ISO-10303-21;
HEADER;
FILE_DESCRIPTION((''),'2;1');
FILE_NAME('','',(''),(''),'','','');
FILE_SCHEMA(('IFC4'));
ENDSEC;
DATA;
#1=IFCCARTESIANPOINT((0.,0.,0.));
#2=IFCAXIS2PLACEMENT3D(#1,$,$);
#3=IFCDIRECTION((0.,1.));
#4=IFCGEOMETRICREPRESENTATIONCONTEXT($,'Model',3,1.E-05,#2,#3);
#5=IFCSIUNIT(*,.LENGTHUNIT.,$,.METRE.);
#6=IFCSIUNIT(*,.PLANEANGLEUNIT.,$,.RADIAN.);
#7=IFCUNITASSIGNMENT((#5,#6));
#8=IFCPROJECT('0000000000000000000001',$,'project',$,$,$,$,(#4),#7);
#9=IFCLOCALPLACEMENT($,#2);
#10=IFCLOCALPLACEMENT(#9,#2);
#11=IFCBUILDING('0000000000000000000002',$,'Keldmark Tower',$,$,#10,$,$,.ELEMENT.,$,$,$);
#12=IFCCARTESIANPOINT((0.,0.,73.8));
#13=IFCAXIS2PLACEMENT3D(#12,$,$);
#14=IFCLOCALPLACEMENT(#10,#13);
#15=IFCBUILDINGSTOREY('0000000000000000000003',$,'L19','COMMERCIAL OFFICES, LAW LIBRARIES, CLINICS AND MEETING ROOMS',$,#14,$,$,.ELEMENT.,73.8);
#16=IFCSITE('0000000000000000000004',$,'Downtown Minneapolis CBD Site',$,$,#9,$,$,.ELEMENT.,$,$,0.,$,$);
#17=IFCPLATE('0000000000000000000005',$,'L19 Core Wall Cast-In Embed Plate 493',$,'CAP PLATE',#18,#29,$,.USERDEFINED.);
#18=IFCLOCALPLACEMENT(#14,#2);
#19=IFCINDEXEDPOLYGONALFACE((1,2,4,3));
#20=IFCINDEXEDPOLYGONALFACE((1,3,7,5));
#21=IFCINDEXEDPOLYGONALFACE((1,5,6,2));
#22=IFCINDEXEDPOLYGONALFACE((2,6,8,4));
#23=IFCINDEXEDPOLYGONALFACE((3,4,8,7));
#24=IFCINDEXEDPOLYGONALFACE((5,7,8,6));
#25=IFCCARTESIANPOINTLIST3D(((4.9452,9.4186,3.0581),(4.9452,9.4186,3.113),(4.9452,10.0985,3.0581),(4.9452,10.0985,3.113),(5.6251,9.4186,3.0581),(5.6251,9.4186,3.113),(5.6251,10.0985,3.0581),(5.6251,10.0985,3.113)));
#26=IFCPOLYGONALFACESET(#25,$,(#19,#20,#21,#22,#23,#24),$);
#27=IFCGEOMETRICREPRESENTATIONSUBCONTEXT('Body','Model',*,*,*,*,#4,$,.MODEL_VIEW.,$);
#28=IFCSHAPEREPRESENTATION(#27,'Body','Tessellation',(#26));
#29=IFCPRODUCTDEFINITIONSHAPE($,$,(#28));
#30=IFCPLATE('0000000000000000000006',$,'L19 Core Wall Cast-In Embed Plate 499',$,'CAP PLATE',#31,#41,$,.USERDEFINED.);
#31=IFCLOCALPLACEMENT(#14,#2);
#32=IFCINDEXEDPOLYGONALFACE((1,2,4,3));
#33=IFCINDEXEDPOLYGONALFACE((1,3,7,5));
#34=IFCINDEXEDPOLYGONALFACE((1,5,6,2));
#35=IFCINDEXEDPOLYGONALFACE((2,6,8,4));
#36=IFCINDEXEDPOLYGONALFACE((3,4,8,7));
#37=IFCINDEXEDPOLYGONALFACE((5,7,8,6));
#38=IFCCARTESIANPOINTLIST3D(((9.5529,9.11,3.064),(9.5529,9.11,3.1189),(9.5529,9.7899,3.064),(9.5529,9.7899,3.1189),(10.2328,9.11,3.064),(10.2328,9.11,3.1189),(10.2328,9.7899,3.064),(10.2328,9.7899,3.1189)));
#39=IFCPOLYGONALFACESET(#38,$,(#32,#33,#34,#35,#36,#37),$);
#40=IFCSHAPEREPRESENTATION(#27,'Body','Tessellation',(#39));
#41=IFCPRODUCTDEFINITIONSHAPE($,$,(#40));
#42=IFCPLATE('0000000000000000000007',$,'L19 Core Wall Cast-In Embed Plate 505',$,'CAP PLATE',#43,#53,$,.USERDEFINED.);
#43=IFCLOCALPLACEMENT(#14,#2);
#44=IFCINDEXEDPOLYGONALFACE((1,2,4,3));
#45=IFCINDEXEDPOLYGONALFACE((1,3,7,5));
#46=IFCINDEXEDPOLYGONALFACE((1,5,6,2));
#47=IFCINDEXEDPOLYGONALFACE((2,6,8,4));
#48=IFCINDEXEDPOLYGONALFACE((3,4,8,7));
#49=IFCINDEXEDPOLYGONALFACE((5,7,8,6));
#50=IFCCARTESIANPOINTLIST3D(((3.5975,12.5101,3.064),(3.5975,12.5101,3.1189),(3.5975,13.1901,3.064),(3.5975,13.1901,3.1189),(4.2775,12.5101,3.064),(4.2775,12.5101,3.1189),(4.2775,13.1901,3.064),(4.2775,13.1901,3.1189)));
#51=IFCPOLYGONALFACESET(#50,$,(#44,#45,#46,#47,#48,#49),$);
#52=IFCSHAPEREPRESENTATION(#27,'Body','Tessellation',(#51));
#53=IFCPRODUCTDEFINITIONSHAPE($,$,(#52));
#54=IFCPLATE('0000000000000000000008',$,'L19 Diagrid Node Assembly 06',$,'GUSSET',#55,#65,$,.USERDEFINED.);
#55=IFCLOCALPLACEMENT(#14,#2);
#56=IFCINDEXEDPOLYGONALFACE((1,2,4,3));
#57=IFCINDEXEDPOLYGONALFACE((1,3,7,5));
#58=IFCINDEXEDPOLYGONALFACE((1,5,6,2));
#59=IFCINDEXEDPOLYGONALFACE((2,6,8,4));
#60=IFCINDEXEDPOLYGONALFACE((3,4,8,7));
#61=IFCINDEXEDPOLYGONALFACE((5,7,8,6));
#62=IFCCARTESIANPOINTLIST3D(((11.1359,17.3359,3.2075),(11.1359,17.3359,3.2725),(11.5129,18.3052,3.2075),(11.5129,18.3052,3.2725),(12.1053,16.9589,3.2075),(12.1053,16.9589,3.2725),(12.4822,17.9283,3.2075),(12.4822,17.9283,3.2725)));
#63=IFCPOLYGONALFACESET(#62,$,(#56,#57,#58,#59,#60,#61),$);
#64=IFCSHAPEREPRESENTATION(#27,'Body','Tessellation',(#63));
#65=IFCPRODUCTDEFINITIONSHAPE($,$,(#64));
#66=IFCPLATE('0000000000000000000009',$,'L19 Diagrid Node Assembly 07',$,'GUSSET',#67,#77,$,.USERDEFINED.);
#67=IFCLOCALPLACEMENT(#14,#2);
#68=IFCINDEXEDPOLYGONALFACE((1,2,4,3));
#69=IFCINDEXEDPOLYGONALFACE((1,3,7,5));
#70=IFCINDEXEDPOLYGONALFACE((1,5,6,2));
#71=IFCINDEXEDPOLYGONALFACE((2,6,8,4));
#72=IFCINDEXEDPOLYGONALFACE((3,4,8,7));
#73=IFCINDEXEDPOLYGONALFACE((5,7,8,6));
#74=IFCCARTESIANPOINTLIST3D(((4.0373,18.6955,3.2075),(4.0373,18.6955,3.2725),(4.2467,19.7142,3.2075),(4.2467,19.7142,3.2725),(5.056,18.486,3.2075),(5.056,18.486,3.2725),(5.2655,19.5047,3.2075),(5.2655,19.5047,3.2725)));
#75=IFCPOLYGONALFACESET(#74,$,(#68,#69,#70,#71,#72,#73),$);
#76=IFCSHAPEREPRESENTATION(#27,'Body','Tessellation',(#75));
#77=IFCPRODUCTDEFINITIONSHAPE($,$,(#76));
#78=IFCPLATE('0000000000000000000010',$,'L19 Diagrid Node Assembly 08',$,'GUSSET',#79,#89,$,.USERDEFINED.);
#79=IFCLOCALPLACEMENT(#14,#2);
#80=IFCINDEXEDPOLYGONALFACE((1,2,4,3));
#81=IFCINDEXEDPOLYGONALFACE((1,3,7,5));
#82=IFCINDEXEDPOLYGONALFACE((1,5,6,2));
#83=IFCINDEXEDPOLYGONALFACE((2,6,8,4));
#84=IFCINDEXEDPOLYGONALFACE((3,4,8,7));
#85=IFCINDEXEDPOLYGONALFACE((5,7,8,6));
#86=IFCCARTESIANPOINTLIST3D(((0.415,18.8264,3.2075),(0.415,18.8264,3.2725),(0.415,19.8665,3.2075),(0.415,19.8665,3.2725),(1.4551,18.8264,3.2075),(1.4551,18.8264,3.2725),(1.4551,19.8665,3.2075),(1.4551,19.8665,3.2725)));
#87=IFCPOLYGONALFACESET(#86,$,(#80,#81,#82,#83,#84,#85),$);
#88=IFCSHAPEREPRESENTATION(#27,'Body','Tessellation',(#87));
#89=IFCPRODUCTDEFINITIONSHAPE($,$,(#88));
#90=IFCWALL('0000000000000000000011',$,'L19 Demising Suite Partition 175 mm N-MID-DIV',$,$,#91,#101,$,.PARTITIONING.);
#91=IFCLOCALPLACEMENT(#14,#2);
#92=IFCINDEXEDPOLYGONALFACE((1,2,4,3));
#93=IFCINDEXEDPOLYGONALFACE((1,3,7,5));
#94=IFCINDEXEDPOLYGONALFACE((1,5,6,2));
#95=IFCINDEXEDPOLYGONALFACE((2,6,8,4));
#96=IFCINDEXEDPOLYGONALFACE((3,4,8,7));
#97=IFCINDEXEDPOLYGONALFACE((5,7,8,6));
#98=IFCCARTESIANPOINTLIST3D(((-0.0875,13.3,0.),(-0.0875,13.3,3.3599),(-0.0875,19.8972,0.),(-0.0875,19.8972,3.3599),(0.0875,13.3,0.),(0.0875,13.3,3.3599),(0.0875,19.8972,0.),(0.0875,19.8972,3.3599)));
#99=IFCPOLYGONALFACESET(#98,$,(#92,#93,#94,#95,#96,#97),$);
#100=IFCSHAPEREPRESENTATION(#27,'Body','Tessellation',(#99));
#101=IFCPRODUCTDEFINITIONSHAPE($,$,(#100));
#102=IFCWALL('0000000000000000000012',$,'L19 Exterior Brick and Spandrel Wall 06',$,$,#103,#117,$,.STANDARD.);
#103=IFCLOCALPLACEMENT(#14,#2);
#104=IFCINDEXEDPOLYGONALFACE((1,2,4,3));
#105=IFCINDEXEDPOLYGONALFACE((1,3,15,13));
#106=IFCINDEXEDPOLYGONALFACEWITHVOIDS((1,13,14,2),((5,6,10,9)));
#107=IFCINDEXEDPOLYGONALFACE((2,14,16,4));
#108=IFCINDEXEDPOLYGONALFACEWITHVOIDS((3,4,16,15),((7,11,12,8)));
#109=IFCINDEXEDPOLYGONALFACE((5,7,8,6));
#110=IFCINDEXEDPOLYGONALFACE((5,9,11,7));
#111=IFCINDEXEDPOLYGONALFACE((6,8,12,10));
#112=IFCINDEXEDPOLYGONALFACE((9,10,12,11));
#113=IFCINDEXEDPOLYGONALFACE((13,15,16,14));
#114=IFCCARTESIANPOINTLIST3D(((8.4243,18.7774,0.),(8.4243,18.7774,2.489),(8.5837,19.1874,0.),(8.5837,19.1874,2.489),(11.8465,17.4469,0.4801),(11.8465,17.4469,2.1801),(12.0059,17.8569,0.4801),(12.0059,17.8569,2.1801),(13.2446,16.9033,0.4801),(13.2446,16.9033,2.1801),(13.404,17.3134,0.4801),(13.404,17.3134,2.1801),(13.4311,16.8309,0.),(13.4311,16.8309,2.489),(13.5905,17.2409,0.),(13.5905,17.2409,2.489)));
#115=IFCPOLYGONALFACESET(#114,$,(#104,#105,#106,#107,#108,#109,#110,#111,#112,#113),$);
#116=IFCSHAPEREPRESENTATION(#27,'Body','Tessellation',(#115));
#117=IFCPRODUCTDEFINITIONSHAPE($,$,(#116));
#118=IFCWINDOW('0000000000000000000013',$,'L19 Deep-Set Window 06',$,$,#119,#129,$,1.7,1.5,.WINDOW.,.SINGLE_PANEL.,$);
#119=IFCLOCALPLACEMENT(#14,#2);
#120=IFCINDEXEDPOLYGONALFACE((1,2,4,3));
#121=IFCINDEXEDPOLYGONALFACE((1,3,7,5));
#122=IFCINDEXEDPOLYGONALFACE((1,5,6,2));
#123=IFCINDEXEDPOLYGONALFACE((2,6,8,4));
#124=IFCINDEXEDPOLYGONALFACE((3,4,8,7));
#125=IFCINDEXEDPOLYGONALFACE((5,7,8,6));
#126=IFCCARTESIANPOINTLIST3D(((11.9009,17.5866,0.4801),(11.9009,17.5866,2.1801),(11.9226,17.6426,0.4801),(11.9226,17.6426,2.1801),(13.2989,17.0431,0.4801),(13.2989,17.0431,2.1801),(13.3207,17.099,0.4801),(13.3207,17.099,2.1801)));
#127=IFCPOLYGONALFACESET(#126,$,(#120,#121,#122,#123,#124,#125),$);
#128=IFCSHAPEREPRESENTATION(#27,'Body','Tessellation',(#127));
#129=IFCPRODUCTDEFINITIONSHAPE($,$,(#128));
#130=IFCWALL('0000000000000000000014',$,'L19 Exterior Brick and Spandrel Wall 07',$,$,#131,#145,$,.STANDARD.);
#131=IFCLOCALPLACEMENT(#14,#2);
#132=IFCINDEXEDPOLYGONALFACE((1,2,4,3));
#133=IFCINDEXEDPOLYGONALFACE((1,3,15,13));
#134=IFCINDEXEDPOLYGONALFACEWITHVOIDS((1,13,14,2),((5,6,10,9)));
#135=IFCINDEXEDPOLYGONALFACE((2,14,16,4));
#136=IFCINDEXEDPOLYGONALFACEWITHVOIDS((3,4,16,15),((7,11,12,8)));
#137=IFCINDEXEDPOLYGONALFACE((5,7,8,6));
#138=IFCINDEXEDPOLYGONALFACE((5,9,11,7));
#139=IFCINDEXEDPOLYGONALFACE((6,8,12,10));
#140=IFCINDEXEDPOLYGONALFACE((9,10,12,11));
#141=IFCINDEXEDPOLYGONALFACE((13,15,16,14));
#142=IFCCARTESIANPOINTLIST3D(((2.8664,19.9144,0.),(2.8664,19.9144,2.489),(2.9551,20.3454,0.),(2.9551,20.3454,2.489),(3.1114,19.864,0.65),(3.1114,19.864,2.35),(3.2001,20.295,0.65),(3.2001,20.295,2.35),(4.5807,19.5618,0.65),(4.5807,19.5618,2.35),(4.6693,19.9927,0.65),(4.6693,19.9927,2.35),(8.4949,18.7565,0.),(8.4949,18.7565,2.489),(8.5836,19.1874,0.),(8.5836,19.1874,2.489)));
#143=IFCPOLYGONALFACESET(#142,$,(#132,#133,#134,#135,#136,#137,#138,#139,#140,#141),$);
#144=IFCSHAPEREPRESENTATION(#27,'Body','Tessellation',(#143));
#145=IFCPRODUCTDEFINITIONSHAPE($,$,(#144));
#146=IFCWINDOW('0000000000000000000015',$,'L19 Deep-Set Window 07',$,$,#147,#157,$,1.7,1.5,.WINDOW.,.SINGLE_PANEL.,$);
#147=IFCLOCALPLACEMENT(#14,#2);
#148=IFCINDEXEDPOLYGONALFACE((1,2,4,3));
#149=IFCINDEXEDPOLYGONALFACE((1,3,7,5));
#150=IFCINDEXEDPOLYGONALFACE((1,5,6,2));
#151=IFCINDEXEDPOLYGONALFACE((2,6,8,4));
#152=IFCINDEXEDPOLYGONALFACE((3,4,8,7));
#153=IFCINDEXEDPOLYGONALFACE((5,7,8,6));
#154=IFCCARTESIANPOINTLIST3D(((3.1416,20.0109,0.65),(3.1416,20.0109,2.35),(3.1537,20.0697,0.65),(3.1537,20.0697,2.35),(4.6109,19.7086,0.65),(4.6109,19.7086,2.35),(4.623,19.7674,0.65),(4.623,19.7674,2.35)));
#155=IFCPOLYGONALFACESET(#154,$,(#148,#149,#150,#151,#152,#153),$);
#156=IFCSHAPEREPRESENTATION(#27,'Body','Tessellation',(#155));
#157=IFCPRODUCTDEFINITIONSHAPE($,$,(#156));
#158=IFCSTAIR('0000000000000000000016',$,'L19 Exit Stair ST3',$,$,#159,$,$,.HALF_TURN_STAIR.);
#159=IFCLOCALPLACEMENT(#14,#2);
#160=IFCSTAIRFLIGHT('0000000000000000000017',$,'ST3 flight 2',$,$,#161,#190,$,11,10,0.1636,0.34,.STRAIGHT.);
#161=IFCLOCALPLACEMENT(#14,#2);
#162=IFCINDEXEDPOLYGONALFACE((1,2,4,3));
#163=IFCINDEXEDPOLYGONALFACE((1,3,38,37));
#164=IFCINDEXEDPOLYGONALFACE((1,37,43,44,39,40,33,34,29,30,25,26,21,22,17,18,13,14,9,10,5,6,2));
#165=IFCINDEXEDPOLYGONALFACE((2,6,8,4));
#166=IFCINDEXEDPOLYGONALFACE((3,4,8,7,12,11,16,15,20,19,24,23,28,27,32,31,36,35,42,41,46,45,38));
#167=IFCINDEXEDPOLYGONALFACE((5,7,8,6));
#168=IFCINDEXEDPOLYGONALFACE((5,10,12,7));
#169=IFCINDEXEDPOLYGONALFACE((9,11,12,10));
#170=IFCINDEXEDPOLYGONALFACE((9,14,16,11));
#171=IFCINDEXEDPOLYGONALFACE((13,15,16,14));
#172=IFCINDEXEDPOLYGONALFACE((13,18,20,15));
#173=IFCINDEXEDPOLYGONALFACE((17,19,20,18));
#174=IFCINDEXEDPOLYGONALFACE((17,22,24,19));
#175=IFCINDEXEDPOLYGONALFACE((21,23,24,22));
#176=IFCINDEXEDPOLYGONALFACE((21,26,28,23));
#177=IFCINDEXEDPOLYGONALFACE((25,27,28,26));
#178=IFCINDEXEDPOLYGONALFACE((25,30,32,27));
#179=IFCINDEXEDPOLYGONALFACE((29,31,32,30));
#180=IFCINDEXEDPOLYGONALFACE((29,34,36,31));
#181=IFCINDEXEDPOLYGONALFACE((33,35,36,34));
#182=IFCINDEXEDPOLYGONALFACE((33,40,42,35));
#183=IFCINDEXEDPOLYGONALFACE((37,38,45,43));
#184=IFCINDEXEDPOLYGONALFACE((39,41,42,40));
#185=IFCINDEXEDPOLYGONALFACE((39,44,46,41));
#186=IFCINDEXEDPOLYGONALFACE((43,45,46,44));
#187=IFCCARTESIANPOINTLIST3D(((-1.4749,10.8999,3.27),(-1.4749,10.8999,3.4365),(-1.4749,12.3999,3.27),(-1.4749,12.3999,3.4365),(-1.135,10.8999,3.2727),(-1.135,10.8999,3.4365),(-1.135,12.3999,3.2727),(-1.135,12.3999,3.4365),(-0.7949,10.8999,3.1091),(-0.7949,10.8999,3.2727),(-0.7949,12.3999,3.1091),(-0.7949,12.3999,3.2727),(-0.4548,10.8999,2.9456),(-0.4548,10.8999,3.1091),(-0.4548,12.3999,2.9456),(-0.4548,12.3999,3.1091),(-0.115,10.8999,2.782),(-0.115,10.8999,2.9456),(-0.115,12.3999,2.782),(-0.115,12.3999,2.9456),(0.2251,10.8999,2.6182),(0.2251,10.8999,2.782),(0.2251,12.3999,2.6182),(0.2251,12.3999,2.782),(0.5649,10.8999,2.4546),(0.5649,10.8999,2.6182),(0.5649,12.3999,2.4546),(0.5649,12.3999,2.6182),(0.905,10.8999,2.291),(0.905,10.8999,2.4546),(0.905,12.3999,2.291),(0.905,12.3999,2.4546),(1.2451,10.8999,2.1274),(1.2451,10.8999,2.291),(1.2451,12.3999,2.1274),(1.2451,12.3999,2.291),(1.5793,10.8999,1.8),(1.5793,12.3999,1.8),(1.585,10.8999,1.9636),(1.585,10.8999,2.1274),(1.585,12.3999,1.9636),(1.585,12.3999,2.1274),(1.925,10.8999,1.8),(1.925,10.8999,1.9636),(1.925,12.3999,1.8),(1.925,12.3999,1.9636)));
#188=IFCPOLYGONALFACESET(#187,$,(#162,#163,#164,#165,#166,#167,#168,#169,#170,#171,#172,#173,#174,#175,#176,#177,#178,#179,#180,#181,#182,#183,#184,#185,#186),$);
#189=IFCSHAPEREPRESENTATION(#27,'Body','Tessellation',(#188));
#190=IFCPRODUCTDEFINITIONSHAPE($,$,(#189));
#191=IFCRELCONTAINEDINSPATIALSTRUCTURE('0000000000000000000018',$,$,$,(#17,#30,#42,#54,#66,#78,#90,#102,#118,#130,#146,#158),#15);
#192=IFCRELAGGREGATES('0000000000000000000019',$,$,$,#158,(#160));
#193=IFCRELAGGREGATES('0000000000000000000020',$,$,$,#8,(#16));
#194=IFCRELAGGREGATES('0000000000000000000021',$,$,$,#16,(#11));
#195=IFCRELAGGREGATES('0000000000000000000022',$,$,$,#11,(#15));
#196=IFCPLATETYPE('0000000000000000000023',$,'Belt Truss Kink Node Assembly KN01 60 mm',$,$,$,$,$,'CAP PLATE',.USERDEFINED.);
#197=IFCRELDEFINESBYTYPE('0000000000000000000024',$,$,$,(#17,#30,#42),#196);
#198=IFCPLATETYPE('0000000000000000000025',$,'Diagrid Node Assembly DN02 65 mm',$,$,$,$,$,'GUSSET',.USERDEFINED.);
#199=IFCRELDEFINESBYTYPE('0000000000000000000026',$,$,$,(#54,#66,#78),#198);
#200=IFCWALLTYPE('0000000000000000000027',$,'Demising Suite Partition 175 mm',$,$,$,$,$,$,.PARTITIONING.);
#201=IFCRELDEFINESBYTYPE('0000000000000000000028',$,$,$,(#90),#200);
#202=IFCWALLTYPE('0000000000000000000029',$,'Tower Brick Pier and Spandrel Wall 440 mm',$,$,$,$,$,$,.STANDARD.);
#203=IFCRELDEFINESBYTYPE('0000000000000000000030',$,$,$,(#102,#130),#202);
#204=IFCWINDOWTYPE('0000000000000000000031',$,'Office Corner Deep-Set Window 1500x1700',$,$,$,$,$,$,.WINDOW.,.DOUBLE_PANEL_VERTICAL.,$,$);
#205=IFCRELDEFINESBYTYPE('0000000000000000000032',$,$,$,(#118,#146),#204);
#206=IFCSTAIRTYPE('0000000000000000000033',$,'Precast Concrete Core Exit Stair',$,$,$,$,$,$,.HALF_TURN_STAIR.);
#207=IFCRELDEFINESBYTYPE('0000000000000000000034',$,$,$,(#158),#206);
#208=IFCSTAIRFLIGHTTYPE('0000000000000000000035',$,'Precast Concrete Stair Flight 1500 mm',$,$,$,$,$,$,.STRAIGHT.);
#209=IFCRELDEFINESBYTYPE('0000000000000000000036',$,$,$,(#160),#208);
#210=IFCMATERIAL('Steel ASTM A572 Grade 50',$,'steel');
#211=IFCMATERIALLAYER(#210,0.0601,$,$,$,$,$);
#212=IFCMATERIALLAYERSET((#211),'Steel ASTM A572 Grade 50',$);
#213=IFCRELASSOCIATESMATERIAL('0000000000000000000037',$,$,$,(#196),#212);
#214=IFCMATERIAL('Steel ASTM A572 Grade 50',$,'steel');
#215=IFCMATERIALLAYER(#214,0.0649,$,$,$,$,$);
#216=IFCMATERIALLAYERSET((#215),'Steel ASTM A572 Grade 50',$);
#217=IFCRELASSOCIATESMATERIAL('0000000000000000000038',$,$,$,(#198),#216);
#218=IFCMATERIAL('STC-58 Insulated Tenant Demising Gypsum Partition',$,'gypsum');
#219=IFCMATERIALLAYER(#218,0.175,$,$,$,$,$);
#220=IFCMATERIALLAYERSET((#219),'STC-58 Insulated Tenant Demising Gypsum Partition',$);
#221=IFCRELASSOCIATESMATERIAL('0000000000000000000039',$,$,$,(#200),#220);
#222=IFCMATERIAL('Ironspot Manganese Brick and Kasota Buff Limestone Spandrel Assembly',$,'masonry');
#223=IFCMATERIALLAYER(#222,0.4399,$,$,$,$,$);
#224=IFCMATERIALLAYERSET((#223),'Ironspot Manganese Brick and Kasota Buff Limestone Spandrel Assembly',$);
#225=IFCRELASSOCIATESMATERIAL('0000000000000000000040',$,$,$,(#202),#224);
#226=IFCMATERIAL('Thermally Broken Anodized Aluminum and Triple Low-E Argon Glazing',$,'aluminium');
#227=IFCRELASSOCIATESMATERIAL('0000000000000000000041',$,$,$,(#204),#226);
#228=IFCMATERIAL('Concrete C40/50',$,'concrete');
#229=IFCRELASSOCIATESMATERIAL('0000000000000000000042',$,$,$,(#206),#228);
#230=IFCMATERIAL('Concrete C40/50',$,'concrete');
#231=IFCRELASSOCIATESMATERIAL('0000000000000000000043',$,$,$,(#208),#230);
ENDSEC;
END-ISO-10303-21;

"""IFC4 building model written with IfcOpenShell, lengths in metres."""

from ifc_helpers import new_model, si_unit, direction, frame, frame_2d, origin, origin_2d, place, context, subcontext, project, spatial, polyline, rectangle, outline, extrude, material, layer, layer_set, type_object, element, fill, aggregate, save


model = new_model("IFC4")

# Units and contexts
model_context = context("Model", 3, precision=1e-05, world=origin(), true_north=direction((0.0, 1.0)))
body_context = subcontext(model_context, "Body", "Model", "MODEL_VIEW")
ifc_project = project(units=[si_unit("LENGTHUNIT", "METRE"), si_unit("PLANEANGLEUNIT", "RADIAN")], contexts=[model_context])

# Site, building, storey
site_placement = place(None, origin())
site = spatial("IfcSite", under=ifc_project, at=site_placement, Name="Downtown Minneapolis CBD Site", CompositionType="ELEMENT", RefElevation=0.0)
building_placement = place(site_placement, origin())
building = spatial("IfcBuilding", under=site, at=building_placement, Name="Keldmark Tower", CompositionType="ELEMENT")
storey_placement = place(building_placement, frame((0.0, 0.0, 73.8)))
storey = spatial("IfcBuildingStorey", under=building, at=storey_placement, Name="L19", Description="COMMERCIAL OFFICES, LAW LIBRARIES, CLINICS AND MEETING ROOMS", CompositionType="ELEMENT", Elevation=73.8)

# Plates
ifc_material_1 = material(Name="Steel ASTM A572 Grade 50", Category="steel")
ifc_layer_1 = layer(ifc_material_1, 0.0601)
ifc_layer_set_1 = layer_set([ifc_layer_1], Name="Steel ASTM A572 Grade 50")
plate_type_1 = type_object("IfcPlateType", Name="Belt Truss Kink Node Assembly KN01 60 mm", ElementType="CAP PLATE", PredefinedType="USERDEFINED", material=ifc_layer_set_1)
for number, where, z_axis, x_axis, name in (
    (1, (5.2852, 9.7585, 3.0581), (0.0, 0.0, 1.0), (1.0, 0.0, 0.0), "L19 Core Wall Cast-In Embed Plate 493"),
    (2, (9.8928, 9.45, 3.064), (0.0, 0.0, 1.0), (1.0, 0.0, 0.0), "L19 Core Wall Cast-In Embed Plate 499"),
    (3, (3.9375, 12.8501, 3.064), (0.0, 0.0, 1.0), (1.0, 0.0, 0.0), "L19 Core Wall Cast-In Embed Plate 505"),
):
    element("IfcPlate", number, at=place(storey_placement, frame(where, z_axis=z_axis, x_axis=x_axis)), inside=storey, type_object=plate_type_1, Name=name, ObjectType="CAP PLATE", PredefinedType="USERDEFINED", context=body_context, shape_type="SweptSolid", body=[
        extrude(rectangle(XDim=0.6799, YDim=0.6799, at=origin_2d()), origin(), (0.0, 0.0, 1.0), 0.0549),
    ])
ifc_material_2 = material(Name="Steel ASTM A572 Grade 50", Category="steel")
ifc_layer_2 = layer(ifc_material_2, 0.0649)
ifc_layer_set_2 = layer_set([ifc_layer_2], Name="Steel ASTM A572 Grade 50")
plate_type_2 = type_object("IfcPlateType", Name="Diagrid Node Assembly DN02 65 mm", ElementType="GUSSET", PredefinedType="USERDEFINED", material=ifc_layer_set_2)
for number, where, z_axis, x_axis, name in (
    (4, (11.8091, 17.6321, 3.2075), (0.0, 0.0, 1.0), (-0.932008, 0.362438, 0.0), "L19 Diagrid Node Assembly 06"),
    (5, (4.6514, 19.1001, 3.2075), (0.0, 0.0, 1.0), (-0.979505, 0.20142, 0.0), "L19 Diagrid Node Assembly 07"),
    (6, (0.9351, 19.3464, 3.2075), (0.0, 0.0, 1.0), (-1.0, 0.0, 0.0), "L19 Diagrid Node Assembly 08"),
):
    element("IfcPlate", number, at=place(storey_placement, frame(where, z_axis=z_axis, x_axis=x_axis)), inside=storey, type_object=plate_type_2, Name=name, ObjectType="GUSSET", PredefinedType="USERDEFINED", context=body_context, shape_type="SweptSolid", body=[
        extrude(rectangle(XDim=1.04, YDim=1.04, at=origin_2d()), origin(), (0.0, 0.0, 1.0), 0.0649),
    ])

# Wall
ifc_material_3 = material(Name="STC-58 Insulated Tenant Demising Gypsum Partition", Category="gypsum")
ifc_layer_3 = layer(ifc_material_3, 0.175)
ifc_layer_set_3 = layer_set([ifc_layer_3], Name="STC-58 Insulated Tenant Demising Gypsum Partition")
wall_type_1 = type_object("IfcWallType", Name="Demising Suite Partition 175 mm", PredefinedType="PARTITIONING", material=ifc_layer_set_3)
wall_1_placement = place(storey_placement, frame((0.0, 13.3, 0.0), z_axis=(0.0, 0.0, 1.0), x_axis=(0.0, 1.0, 0.0)))
element("IfcWall", 7, at=wall_1_placement, inside=storey, type_object=wall_type_1, Name="L19 Demising Suite Partition 175 mm N-MID-DIV", PredefinedType="PARTITIONING", context=body_context, shape_type="SweptSolid", body=[
    extrude(rectangle(XDim=6.5972, YDim=0.175, at=frame_2d((3.2986, 0.0))), origin(), (0.0, 0.0, 1.0), 3.3599),
])

# Walls, openings, windows
ifc_material_4 = material(Name="Ironspot Manganese Brick and Kasota Buff Limestone Spandrel Assembly", Category="masonry")
ifc_layer_4 = layer(ifc_material_4, 0.4399)
ifc_layer_set_4 = layer_set([ifc_layer_4], Name="Ironspot Manganese Brick and Kasota Buff Limestone Spandrel Assembly")
wall_type_2 = type_object("IfcWallType", Name="Tower Brick Pier and Spandrel Wall 440 mm", PredefinedType="STANDARD", material=ifc_layer_set_4)
wall_2_placement = place(storey_placement, frame((8.5039, 18.9824, 0.0), z_axis=(0.0, 0.0, 1.0), x_axis=(0.93204, -0.362354, 0.0)))
wall_2 = element("IfcWall", 8, at=wall_2_placement, inside=storey, type_object=wall_type_2, Name="L19 Exterior Brick and Spandrel Wall 06", PredefinedType="STANDARD", context=body_context, shape_type="SweptSolid", body=[
    extrude(rectangle(XDim=5.3718, YDim=0.4399, at=frame_2d((2.686, 0.0))), origin(), (0.0, 0.0, 1.0), 2.489),
])
opening_1_placement = place(wall_2_placement, frame((3.6719, 0.0, 0.48)))
opening_1 = element("IfcOpeningElement", 9, at=opening_1_placement, cuts=wall_2, PredefinedType="OPENING", context=body_context, shape_type="SweptSolid", body=[
    extrude(rectangle(XDim=1.5, YDim=1.7, at=frame_2d((0.75, 0.8501))), frame((0.0, 0.23, 0.0), z_axis=(0.0, -1.0, 0.0), x_axis=(1.0, 0.0, 0.0)), (0.0, 0.0, 1.0), 0.46),
])
ifc_material_5 = material(Name="Thermally Broken Anodized Aluminum and Triple Low-E Argon Glazing", Category="aluminium")
window_type = type_object("IfcWindowType", Name="Office Corner Deep-Set Window 1500x1700", PartitioningType="DOUBLE_PANEL_VERTICAL", PredefinedType="WINDOW", material=ifc_material_5)
window_1_placement = place(opening_1_placement, origin())
window_1 = element("IfcWindow", 10, at=window_1_placement, inside=storey, type_object=window_type, Name="L19 Deep-Set Window 06", OverallHeight=1.7, OverallWidth=1.5, PartitioningType="SINGLE_PANEL", PredefinedType="WINDOW", context=body_context, shape_type="SweptSolid", body=[
    extrude(rectangle(XDim=1.5, YDim=1.7, at=frame_2d((0.75, 0.8501))), frame((0.0, -0.01, 0.0), z_axis=(0.0, -1.0, 0.0), x_axis=(1.0, 0.0, 0.0)), (0.0, 0.0, 1.0), 0.0601),
])
fill(opening_1, window_1)
wall_3_placement = place(storey_placement, frame((2.9109, 20.1299, 0.0), z_axis=(0.0, 0.0, 1.0), x_axis=(0.979486, -0.201514, 0.0)))
wall_3 = element("IfcWall", 11, at=wall_3_placement, inside=storey, type_object=wall_type_2, Name="L19 Exterior Brick and Spandrel Wall 07", PredefinedType="STANDARD", context=body_context, shape_type="SweptSolid", body=[
    extrude(rectangle(XDim=5.7463, YDim=0.4399, at=frame_2d((2.873, 0.0))), origin(), (0.0, 0.0, 1.0), 2.489),
])
opening_2_placement = place(wall_3_placement, frame((0.25, 0.0, 0.6499)))
opening_2 = element("IfcOpeningElement", 12, at=opening_2_placement, cuts=wall_3, PredefinedType="OPENING", context=body_context, shape_type="SweptSolid", body=[
    extrude(rectangle(XDim=1.5, YDim=1.7, at=frame_2d((0.75, 0.8501))), frame((0.0, 0.23, 0.0), z_axis=(0.0, -1.0, 0.0), x_axis=(1.0, 0.0, 0.0)), (0.0, 0.0, 1.0), 0.46),
])
window_2_placement = place(opening_2_placement, origin())
window_2 = element("IfcWindow", 13, at=window_2_placement, inside=storey, type_object=window_type, Name="L19 Deep-Set Window 07", OverallHeight=1.7, OverallWidth=1.5, PartitioningType="SINGLE_PANEL", PredefinedType="WINDOW", context=body_context, shape_type="SweptSolid", body=[
    extrude(rectangle(XDim=1.5, YDim=1.7, at=frame_2d((0.75, 0.8501))), frame((0.0, -0.01, 0.0), z_axis=(0.0, -1.0, 0.0), x_axis=(1.0, 0.0, 0.0)), (0.0, 0.0, 1.0), 0.0601),
])
fill(opening_2, window_2)

# Stair, stair flight
ifc_material_6 = material(Name="Concrete C40/50", Category="concrete")
stair_type = type_object("IfcStairType", Name="Precast Concrete Core Exit Stair", PredefinedType="HALF_TURN_STAIR", material=ifc_material_6)
stair_placement = place(storey_placement, origin())
stair = element("IfcStair", 14, at=stair_placement, inside=storey, type_object=stair_type, Name="L19 Exit Stair ST3", PredefinedType="HALF_TURN_STAIR")
ifc_material_7 = material(Name="Concrete C40/50", Category="concrete")
stair_flight_type = type_object("IfcStairFlightType", Name="Precast Concrete Stair Flight 1500 mm", PredefinedType="STRAIGHT", material=ifc_material_7)
stair_flight_placement = place(storey_placement, frame((1.925, 11.6499, 1.8), z_axis=(0.0, 0.0, 1.0), x_axis=(-1.0, 0.0, 0.0)))
stair_flight = element("IfcStairFlight", 15, at=stair_flight_placement, type_object=stair_flight_type, Name="ST3 flight 2", NumberOfRisers=11, NumberOfTreads=10, PredefinedType="STRAIGHT", RiserHeight=0.1636, TreadLength=0.34, context=body_context, shape_type="SweptSolid", body=[
    extrude(outline(polyline([(0.0, 0.0), (0.0, 0.1636), (0.3401, 0.1636), (0.3401, 0.3274), (0.6799, 0.3274), (0.6799, 0.491), (1.02, 0.491), (1.02, 0.6545), (1.3601, 0.6545), (1.3601, 0.8181), (1.7, 0.8181), (1.7, 0.9819), (2.04, 0.9819), (2.04, 1.1455), (2.3799, 1.1455), (2.3799, 1.3091), (2.72, 1.3091), (2.72, 1.4727), (3.0601, 1.4727), (3.0601, 1.6365), (3.3999, 1.6365), (3.3999, 1.8), (3.3999, 1.47), (0.3457, 0.0), (0.0, 0.0)])), frame((0.0, 0.75, 0.0), z_axis=(0.0, -1.0, 0.0), x_axis=(1.0, 0.0, 0.0)), (0.0, 0.0, 1.0), 1.5),
])
aggregate(stair, [stair_flight])

save(model, "model.ifc")
